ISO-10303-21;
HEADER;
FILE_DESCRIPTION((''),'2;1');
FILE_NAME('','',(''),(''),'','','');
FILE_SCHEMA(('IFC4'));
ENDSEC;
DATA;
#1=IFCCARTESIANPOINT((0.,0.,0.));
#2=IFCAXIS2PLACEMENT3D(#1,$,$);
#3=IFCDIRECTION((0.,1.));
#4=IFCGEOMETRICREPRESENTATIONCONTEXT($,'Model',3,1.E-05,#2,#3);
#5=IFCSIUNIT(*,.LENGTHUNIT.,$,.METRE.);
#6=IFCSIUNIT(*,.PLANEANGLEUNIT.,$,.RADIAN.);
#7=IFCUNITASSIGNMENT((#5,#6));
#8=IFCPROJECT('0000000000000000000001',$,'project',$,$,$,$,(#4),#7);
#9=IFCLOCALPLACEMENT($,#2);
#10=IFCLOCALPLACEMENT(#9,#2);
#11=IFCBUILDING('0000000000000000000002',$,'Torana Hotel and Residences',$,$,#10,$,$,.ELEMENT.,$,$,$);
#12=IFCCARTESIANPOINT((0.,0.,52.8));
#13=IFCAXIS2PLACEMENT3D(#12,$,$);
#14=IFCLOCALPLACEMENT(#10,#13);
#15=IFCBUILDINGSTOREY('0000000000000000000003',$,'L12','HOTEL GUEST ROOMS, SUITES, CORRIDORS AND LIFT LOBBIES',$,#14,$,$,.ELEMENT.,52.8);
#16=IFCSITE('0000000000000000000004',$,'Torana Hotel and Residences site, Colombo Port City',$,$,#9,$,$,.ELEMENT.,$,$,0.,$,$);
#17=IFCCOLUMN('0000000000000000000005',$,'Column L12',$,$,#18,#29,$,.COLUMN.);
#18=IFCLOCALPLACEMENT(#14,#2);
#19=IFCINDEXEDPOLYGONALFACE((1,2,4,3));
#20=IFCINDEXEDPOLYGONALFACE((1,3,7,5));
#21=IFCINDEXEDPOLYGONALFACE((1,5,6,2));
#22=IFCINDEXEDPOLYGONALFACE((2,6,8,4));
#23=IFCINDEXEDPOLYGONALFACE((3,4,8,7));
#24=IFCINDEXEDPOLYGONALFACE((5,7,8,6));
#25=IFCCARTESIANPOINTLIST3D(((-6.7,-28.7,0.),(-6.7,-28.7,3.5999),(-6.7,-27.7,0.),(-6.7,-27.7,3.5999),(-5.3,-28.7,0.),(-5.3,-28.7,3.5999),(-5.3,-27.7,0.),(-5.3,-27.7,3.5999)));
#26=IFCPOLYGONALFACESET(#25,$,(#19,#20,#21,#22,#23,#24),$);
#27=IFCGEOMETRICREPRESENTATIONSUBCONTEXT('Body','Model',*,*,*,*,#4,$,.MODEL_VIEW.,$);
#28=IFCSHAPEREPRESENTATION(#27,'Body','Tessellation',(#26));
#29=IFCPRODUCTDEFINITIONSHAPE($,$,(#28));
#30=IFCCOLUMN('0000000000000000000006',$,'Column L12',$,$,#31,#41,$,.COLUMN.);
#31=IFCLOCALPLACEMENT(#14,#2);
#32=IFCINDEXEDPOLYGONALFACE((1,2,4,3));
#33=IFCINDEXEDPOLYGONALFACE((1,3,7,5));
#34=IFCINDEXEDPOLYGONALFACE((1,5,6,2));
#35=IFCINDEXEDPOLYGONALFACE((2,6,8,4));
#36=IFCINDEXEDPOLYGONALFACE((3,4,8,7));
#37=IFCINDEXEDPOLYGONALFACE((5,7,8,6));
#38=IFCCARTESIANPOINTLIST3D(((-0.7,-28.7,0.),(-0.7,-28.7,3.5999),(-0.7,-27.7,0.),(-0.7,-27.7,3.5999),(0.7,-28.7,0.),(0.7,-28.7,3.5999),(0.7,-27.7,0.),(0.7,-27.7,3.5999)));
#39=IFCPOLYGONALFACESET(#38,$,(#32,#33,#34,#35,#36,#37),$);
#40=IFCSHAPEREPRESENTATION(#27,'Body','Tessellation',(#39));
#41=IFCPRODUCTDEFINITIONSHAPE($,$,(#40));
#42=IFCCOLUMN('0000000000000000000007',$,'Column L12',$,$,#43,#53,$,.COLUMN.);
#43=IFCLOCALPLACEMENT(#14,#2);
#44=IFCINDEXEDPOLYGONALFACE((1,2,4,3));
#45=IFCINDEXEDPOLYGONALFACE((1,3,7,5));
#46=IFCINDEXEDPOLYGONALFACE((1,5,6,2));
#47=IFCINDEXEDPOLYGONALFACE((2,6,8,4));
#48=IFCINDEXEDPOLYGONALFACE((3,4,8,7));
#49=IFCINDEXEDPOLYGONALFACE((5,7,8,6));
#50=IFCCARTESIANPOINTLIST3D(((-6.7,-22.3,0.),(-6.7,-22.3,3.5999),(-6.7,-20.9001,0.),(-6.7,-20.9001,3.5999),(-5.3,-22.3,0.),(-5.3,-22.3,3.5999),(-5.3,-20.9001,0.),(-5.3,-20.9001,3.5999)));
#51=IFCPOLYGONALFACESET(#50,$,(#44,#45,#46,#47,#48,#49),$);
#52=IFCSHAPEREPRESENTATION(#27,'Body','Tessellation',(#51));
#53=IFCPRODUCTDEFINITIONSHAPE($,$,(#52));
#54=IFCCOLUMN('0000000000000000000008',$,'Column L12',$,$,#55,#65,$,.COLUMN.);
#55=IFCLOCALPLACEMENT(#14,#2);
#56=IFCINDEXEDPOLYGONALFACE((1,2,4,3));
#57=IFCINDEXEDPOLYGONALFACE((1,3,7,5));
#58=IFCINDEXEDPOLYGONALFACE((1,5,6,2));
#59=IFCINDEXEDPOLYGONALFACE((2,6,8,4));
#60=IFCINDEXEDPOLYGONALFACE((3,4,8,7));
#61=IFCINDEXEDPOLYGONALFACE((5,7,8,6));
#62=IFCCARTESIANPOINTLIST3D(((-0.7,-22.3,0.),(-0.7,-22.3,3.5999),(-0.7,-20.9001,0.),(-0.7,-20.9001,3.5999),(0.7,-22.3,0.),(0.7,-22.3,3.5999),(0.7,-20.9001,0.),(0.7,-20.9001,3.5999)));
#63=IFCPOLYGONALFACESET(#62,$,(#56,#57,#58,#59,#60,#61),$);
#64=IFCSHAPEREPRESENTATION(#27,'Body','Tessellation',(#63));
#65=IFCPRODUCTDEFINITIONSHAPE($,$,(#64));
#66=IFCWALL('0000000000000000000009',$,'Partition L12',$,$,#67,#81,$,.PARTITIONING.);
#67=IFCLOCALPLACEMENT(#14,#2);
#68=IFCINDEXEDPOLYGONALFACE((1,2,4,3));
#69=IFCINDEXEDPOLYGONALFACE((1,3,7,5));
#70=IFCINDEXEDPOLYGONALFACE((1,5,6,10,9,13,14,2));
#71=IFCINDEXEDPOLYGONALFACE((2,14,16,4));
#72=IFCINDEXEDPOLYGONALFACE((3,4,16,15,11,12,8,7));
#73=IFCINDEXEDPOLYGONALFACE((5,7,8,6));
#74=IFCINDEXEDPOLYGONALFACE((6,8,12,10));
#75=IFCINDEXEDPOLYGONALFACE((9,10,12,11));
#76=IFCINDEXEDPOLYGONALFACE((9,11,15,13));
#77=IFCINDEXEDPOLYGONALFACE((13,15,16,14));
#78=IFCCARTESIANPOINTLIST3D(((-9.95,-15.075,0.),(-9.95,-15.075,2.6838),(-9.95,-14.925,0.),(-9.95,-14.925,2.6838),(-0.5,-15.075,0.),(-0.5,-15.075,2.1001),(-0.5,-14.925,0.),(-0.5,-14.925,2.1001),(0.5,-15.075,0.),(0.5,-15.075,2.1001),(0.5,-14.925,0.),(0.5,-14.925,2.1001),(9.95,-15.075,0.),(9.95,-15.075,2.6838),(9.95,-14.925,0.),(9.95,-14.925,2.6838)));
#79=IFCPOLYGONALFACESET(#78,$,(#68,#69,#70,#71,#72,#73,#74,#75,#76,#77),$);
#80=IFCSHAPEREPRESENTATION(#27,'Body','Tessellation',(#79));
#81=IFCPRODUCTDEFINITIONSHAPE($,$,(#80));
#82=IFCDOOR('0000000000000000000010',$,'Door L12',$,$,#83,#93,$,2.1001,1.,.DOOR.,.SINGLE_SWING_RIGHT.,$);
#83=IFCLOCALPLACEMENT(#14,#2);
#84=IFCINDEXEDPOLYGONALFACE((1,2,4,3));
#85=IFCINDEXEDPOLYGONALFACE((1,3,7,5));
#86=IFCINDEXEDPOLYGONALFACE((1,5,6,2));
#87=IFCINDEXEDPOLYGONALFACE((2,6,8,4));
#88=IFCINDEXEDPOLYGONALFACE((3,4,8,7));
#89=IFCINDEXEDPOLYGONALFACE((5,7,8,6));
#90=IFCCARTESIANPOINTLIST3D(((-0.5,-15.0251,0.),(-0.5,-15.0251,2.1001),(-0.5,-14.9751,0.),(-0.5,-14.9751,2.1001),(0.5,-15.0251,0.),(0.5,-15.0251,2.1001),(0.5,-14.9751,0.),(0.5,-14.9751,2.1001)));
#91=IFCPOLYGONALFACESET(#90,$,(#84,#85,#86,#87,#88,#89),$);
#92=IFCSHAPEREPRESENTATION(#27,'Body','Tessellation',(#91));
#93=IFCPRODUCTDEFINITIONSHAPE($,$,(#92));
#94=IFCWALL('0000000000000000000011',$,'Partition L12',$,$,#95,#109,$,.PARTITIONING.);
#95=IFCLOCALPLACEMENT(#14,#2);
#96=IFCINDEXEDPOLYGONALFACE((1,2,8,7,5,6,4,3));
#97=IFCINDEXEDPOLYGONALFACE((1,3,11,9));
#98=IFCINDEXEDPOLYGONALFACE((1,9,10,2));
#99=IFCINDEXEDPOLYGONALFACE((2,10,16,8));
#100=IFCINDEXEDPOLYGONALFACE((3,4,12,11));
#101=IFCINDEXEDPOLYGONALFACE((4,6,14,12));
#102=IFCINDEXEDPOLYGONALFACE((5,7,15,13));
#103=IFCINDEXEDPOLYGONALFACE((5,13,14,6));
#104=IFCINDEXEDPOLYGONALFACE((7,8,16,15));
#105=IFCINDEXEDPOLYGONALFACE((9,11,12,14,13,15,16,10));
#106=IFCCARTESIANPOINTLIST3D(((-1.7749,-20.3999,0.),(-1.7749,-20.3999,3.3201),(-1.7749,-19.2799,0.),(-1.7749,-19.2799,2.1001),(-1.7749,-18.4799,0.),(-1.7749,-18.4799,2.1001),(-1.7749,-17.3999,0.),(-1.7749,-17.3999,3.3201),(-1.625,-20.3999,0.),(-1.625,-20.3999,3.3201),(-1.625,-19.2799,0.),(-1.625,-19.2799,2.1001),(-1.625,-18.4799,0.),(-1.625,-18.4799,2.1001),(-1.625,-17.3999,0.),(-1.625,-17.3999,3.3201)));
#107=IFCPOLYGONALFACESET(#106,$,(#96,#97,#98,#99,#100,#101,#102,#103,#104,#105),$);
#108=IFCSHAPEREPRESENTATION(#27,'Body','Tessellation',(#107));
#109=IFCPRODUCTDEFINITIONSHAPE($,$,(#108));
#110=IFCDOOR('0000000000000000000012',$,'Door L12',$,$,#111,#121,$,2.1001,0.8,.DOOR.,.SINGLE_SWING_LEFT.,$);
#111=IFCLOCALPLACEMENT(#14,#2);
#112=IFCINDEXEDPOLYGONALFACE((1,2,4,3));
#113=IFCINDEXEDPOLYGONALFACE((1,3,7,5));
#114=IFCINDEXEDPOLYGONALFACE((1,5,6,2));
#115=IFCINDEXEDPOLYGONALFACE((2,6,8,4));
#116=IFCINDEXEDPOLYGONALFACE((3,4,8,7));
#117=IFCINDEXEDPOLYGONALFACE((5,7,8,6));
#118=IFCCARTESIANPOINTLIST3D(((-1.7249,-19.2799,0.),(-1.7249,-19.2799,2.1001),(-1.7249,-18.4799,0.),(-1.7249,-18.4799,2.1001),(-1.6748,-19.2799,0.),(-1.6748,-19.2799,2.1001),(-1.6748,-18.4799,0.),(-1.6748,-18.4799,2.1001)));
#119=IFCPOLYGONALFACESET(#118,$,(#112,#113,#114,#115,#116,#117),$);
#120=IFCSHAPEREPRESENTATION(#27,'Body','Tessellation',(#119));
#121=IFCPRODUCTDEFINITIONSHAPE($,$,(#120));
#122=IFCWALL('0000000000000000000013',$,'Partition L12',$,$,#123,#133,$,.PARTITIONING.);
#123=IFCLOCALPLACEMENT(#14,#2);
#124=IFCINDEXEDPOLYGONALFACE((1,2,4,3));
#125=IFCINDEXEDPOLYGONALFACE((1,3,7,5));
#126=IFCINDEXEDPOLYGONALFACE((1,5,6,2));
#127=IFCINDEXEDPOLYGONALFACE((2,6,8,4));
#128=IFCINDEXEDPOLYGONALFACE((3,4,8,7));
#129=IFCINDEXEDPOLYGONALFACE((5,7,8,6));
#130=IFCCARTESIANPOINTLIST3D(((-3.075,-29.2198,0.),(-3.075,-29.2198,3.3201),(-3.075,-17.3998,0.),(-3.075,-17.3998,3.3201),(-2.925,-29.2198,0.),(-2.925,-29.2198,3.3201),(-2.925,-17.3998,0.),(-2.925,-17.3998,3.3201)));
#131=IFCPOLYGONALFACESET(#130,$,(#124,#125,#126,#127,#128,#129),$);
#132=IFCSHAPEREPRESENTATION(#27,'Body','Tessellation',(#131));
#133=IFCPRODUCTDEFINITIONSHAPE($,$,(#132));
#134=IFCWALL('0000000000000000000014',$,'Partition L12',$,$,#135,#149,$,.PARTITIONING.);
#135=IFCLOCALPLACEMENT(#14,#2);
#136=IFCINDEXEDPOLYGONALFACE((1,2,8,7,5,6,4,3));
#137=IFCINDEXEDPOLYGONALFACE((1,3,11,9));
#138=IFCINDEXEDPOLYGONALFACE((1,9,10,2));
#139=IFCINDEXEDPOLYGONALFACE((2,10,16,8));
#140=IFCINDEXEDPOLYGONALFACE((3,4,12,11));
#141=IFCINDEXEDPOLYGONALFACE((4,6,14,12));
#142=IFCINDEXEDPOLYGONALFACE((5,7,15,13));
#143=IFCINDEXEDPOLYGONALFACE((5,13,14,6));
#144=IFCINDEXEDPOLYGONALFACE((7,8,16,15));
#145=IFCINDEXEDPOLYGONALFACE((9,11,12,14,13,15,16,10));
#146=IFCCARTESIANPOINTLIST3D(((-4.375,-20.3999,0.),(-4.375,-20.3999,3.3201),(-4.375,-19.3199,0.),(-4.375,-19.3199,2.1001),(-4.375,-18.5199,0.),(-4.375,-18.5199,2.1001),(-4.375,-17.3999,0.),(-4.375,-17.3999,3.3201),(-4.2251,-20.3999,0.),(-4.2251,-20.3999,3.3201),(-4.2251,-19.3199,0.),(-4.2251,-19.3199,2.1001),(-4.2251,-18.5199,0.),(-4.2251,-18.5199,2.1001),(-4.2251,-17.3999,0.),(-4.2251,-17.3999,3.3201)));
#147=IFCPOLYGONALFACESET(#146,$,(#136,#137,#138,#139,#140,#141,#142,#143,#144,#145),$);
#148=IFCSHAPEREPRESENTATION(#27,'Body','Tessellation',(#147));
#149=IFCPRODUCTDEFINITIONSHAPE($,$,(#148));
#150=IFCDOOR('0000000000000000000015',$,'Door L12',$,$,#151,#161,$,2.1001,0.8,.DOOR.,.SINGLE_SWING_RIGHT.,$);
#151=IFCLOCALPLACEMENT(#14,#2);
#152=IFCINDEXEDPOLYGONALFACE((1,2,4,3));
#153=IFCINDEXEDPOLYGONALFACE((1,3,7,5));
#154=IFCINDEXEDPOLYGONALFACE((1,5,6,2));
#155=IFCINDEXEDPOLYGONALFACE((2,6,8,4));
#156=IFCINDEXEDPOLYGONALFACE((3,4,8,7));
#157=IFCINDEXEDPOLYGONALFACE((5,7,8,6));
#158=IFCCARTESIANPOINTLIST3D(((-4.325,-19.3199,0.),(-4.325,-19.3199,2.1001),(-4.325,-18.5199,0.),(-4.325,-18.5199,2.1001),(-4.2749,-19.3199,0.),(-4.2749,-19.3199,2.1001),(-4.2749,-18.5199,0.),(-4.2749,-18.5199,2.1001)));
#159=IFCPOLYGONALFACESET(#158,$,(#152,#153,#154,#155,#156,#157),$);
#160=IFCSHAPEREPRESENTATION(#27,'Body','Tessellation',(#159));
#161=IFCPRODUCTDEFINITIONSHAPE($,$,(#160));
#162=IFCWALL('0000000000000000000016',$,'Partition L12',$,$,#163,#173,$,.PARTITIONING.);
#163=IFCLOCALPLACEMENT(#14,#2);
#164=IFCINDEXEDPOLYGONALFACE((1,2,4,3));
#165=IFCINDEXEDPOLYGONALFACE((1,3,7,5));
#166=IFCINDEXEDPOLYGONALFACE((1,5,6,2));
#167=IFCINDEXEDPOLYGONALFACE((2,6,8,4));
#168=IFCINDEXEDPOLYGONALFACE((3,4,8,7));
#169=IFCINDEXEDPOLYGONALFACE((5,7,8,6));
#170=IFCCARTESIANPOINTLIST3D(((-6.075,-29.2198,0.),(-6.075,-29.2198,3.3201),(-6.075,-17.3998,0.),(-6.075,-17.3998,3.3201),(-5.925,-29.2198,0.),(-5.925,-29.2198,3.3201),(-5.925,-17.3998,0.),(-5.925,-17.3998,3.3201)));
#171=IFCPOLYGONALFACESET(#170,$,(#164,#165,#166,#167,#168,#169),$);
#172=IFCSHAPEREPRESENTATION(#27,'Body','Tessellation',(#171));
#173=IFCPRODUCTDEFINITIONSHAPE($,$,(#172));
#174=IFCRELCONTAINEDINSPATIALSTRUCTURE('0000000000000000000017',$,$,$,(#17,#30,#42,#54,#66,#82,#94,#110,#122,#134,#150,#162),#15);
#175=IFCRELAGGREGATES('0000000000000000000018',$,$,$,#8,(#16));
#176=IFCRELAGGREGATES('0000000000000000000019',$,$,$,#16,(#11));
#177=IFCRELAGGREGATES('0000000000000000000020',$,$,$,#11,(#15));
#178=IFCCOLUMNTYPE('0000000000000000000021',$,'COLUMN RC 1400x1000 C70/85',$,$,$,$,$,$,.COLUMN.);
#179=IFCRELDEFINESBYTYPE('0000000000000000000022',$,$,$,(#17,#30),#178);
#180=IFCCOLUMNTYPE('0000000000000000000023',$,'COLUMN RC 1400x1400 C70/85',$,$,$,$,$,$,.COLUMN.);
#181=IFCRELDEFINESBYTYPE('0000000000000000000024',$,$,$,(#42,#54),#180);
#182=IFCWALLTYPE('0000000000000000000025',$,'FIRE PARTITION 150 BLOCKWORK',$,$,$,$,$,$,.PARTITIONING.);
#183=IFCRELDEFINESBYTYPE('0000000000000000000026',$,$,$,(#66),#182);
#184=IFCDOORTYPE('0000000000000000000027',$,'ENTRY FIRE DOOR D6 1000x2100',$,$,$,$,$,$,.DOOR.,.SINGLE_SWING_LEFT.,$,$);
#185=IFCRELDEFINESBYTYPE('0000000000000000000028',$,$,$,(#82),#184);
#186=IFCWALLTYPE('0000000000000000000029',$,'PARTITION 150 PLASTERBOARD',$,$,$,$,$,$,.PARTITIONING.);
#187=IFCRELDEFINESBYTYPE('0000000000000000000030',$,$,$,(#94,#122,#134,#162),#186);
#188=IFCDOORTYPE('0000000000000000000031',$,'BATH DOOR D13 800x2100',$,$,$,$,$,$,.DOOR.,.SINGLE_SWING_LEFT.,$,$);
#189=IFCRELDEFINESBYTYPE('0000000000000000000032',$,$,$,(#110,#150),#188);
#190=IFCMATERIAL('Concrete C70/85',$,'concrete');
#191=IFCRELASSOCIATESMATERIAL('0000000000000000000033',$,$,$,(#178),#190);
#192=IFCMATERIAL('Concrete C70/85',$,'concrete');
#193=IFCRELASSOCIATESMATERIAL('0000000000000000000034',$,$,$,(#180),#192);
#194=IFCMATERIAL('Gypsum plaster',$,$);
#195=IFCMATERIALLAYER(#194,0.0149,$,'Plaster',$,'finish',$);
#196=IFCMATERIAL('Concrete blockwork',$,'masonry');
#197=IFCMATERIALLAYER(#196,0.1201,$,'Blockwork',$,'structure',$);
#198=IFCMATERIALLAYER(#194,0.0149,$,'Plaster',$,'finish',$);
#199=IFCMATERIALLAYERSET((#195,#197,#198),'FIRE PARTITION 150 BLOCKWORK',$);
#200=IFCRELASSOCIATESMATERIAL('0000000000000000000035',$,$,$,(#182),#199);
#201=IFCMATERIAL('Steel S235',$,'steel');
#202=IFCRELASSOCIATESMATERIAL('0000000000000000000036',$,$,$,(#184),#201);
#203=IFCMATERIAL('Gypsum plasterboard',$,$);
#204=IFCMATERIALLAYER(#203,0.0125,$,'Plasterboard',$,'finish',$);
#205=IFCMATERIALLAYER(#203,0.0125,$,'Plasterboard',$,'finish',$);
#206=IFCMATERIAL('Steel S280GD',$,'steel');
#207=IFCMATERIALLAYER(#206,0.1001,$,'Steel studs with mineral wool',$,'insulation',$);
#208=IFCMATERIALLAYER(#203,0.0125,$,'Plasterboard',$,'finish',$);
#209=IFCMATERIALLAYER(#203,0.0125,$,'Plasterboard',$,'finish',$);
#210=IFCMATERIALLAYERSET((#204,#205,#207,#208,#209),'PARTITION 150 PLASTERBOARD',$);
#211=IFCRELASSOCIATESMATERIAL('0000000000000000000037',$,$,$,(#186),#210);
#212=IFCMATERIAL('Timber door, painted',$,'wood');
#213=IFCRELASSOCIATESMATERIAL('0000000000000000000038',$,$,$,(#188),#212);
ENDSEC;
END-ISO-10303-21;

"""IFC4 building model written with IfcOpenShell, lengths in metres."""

from ifc_helpers import new_model, si_unit, direction, frame, frame_2d, origin, origin_2d, place, context, subcontext, project, spatial, rectangle, extrude, material, layer, layer_set, material_profile, profile_set, type_object, element, fill, save


model = new_model("IFC4")

# Units and contexts
model_context = context("Model", 3, precision=1e-05, world=origin(), true_north=direction((0.0, 1.0)))
body_context = subcontext(model_context, "Body", "Model", "MODEL_VIEW")
ifc_project = project(units=[si_unit("LENGTHUNIT", "METRE"), si_unit("PLANEANGLEUNIT", "RADIAN")], contexts=[model_context])

# Site, building, storey
site_placement = place(None, origin())
site = spatial("IfcSite", under=ifc_project, at=site_placement, Name="Torana Hotel and Residences site, Colombo Port City", CompositionType="ELEMENT", RefElevation=0.0)
building_placement = place(site_placement, origin())
building = spatial("IfcBuilding", under=site, at=building_placement, Name="Torana Hotel and Residences", CompositionType="ELEMENT")
storey_placement = place(building_placement, frame((0.0, 0.0, 52.8)))
storey = spatial("IfcBuildingStorey", under=building, at=storey_placement, Name="L12", Description="HOTEL GUEST ROOMS, SUITES, CORRIDORS AND LIFT LOBBIES", CompositionType="ELEMENT", Elevation=52.8)

# Columns
ifc_material_1 = material(Name="Concrete C70/85", Category="concrete")
ifc_material_profile_1 = material_profile(ifc_material_1, rectangle(XDim=1.3999, YDim=1.0, at=origin_2d()), Name="RC 1400x1000")
ifc_profile_set_1 = profile_set([ifc_material_profile_1], Name="Concrete C70/85")
column_type_1 = type_object("IfcColumnType", Name="COLUMN RC 1400x1000 C70/85", PredefinedType="COLUMN", material=ifc_profile_set_1)
for number, where, z_axis, x_axis, name in (
    (1, (-6.0, -28.2, 0.0), (0.0, 0.0, 1.0), (1.0, 0.0, 0.0), "Column L12"),
    (2, (0.0, -28.2, 0.0), (0.0, 0.0, 1.0), (1.0, 0.0, 0.0), "Column L12"),
):
    element("IfcColumn", number, at=place(storey_placement, frame(where, z_axis=z_axis, x_axis=x_axis)), inside=storey, type_object=column_type_1, Name=name, PredefinedType="COLUMN", context=body_context, shape_type="SweptSolid", body=[
        extrude(rectangle(XDim=1.3999, YDim=1.0, at=origin_2d()), origin(), (0.0, 0.0, 1.0), 3.5999),
    ])
ifc_material_2 = material(Name="Concrete C70/85", Category="concrete")
ifc_material_profile_2 = material_profile(ifc_material_2, rectangle(XDim=1.3999, YDim=1.3999, at=origin_2d()), Name="RC 1400x1400")
ifc_profile_set_2 = profile_set([ifc_material_profile_2], Name="Concrete C70/85")
column_type_2 = type_object("IfcColumnType", Name="COLUMN RC 1400x1400 C70/85", PredefinedType="COLUMN", material=ifc_profile_set_2)
for number, where, z_axis, x_axis, name in (
    (3, (-6.0, -21.6001, 0.0), (0.0, 0.0, 1.0), (1.0, 0.0, 0.0), "Column L12"),
    (4, (0.0, -21.6001, 0.0), (0.0, 0.0, 1.0), (1.0, 0.0, 0.0), "Column L12"),
):
    element("IfcColumn", number, at=place(storey_placement, frame(where, z_axis=z_axis, x_axis=x_axis)), inside=storey, type_object=column_type_2, Name=name, PredefinedType="COLUMN", context=body_context, shape_type="SweptSolid", body=[
        extrude(rectangle(XDim=1.3999, YDim=1.3999, at=origin_2d()), origin(), (0.0, 0.0, 1.0), 3.5999),
    ])

# Walls, openings, doors
ifc_material_3 = material(Name="Gypsum plaster")
ifc_layer_1 = layer(ifc_material_3, 0.0149, Name="Plaster", Category="finish")
ifc_material_4 = material(Name="Concrete blockwork", Category="masonry")
ifc_layer_2 = layer(ifc_material_4, 0.1201, Name="Blockwork", Category="structure")
ifc_layer_3 = layer(ifc_material_3, 0.0149, Name="Plaster", Category="finish")
ifc_layer_set_1 = layer_set([ifc_layer_1, ifc_layer_2, ifc_layer_3], Name="FIRE PARTITION 150 BLOCKWORK")
wall_type_1 = type_object("IfcWallType", Name="FIRE PARTITION 150 BLOCKWORK", PredefinedType="PARTITIONING", material=ifc_layer_set_1)
wall_1_placement = place(storey_placement, frame((-9.95, -15.0, 0.0), z_axis=(0.0, 0.0, 1.0), x_axis=(1.0, 0.0, 0.0)))
wall_1 = element("IfcWall", 5, at=wall_1_placement, inside=storey, type_object=wall_type_1, Name="Partition L12", PredefinedType="PARTITIONING", context=body_context, shape_type="SweptSolid", body=[
    extrude(rectangle(XDim=19.8999, YDim=0.1499, at=frame_2d((9.95, 0.0))), origin(), (0.0, 0.0, 1.0), 2.6838),
])
opening_1_placement = place(wall_1_placement, frame((9.45, 0.0, 0.0)))
opening_1 = element("IfcOpeningElement", 6, at=opening_1_placement, cuts=wall_1, PredefinedType="OPENING", context=body_context, shape_type="SweptSolid", body=[
    extrude(rectangle(XDim=1.0, YDim=2.1001, at=frame_2d((0.5, 1.05))), frame((0.0, 0.085, 0.0), z_axis=(0.0, -1.0, 0.0), x_axis=(1.0, 0.0, 0.0)), (0.0, 0.0, 1.0), 0.1699),
])
ifc_material_5 = material(Name="Steel S235", Category="steel")
door_type_1 = type_object("IfcDoorType", Name="ENTRY FIRE DOOR D6 1000x2100", OperationType="SINGLE_SWING_LEFT", PredefinedType="DOOR", material=ifc_material_5)
door_1_placement = place(opening_1_placement, origin())
door_1 = element("IfcDoor", 7, at=door_1_placement, inside=storey, type_object=door_type_1, Name="Door L12", OperationType="SINGLE_SWING_RIGHT", OverallHeight=2.1001, OverallWidth=1.0, PredefinedType="DOOR", context=body_context, shape_type="SweptSolid", body=[
    extrude(rectangle(XDim=1.0, YDim=2.1001, at=frame_2d((0.5, 1.05))), frame((0.0, 0.0249, 0.0), z_axis=(0.0, -1.0, 0.0), x_axis=(1.0, 0.0, 0.0)), (0.0, 0.0, 1.0), 0.05),
])
fill(opening_1, door_1)
ifc_material_6 = material(Name="Gypsum plasterboard")
ifc_layer_4 = layer(ifc_material_6, 0.0125, Name="Plasterboard", Category="finish")
ifc_layer_5 = layer(ifc_material_6, 0.0125, Name="Plasterboard", Category="finish")
ifc_material_7 = material(Name="Steel S280GD", Category="steel")
ifc_layer_6 = layer(ifc_material_7, 0.1001, Name="Steel studs with mineral wool", Category="insulation")
ifc_layer_7 = layer(ifc_material_6, 0.0125, Name="Plasterboard", Category="finish")
ifc_layer_8 = layer(ifc_material_6, 0.0125, Name="Plasterboard", Category="finish")
ifc_layer_set_2 = layer_set([ifc_layer_4, ifc_layer_5, ifc_layer_6, ifc_layer_7, ifc_layer_8], Name="PARTITION 150 PLASTERBOARD")
wall_type_2 = type_object("IfcWallType", Name="PARTITION 150 PLASTERBOARD", PredefinedType="PARTITIONING", material=ifc_layer_set_2)
wall_2_placement = place(storey_placement, frame((-1.7, -20.3999, 0.0), z_axis=(0.0, 0.0, 1.0), x_axis=(0.0, 1.0, 0.0)))
wall_2 = element("IfcWall", 8, at=wall_2_placement, inside=storey, type_object=wall_type_2, Name="Partition L12", PredefinedType="PARTITIONING", context=body_context, shape_type="SweptSolid", body=[
    extrude(rectangle(XDim=3.0, YDim=0.1499, at=frame_2d((1.5, 0.0))), origin(), (0.0, 0.0, 1.0), 3.3201),
])
opening_2_placement = place(wall_2_placement, frame((1.1201, 0.0, 0.0)))
opening_2 = element("IfcOpeningElement", 9, at=opening_2_placement, cuts=wall_2, PredefinedType="OPENING", context=body_context, shape_type="SweptSolid", body=[
    extrude(rectangle(XDim=0.8, YDim=2.1001, at=frame_2d((0.3999, 1.05))), frame((0.0, 0.085, 0.0), z_axis=(0.0, -1.0, 0.0), x_axis=(1.0, 0.0, 0.0)), (0.0, 0.0, 1.0), 0.1699),
])
ifc_material_8 = material(Name="Timber door, painted", Category="wood")
door_type_2 = type_object("IfcDoorType", Name="BATH DOOR D13 800x2100", OperationType="SINGLE_SWING_LEFT", PredefinedType="DOOR", material=ifc_material_8)
door_2_placement = place(opening_2_placement, origin())
door_2 = element("IfcDoor", 10, at=door_2_placement, inside=storey, type_object=door_type_2, Name="Door L12", OperationType="SINGLE_SWING_LEFT", OverallHeight=2.1001, OverallWidth=0.8, PredefinedType="DOOR", context=body_context, shape_type="SweptSolid", body=[
    extrude(rectangle(XDim=0.8, YDim=2.1001, at=frame_2d((0.3999, 1.05))), frame((0.0, 0.0249, 0.0), z_axis=(0.0, -1.0, 0.0), x_axis=(1.0, 0.0, 0.0)), (0.0, 0.0, 1.0), 0.05),
])
fill(opening_2, door_2)

# Wall
wall_3_placement = place(storey_placement, frame((-3.0, -29.22, 0.0), z_axis=(0.0, 0.0, 1.0), x_axis=(0.0, 1.0, 0.0)))
element("IfcWall", 11, at=wall_3_placement, inside=storey, type_object=wall_type_2, Name="Partition L12", PredefinedType="PARTITIONING", context=body_context, shape_type="SweptSolid", body=[
    extrude(rectangle(XDim=11.8201, YDim=0.1499, at=frame_2d((5.9102, 0.0))), origin(), (0.0, 0.0, 1.0), 3.3201),
])

# Wall, opening, door
wall_4_placement = place(storey_placement, frame((-4.3, -20.3999, 0.0), z_axis=(0.0, 0.0, 1.0), x_axis=(0.0, 1.0, 0.0)))
wall_4 = element("IfcWall", 12, at=wall_4_placement, inside=storey, type_object=wall_type_2, Name="Partition L12", PredefinedType="PARTITIONING", context=body_context, shape_type="SweptSolid", body=[
    extrude(rectangle(XDim=3.0, YDim=0.1499, at=frame_2d((1.5, 0.0))), origin(), (0.0, 0.0, 1.0), 3.3201),
])
opening_3_placement = place(wall_4_placement, frame((1.0801, 0.0, 0.0)))
opening_3 = element("IfcOpeningElement", 13, at=opening_3_placement, cuts=wall_4, PredefinedType="OPENING", context=body_context, shape_type="SweptSolid", body=[
    extrude(rectangle(XDim=0.8, YDim=2.1001, at=frame_2d((0.3999, 1.05))), frame((0.0, 0.085, 0.0), z_axis=(0.0, -1.0, 0.0), x_axis=(1.0, 0.0, 0.0)), (0.0, 0.0, 1.0), 0.1699),
])
door_3_placement = place(opening_3_placement, origin())
door_3 = element("IfcDoor", 14, at=door_3_placement, inside=storey, type_object=door_type_2, Name="Door L12", OperationType="SINGLE_SWING_RIGHT", OverallHeight=2.1001, OverallWidth=0.8, PredefinedType="DOOR", context=body_context, shape_type="SweptSolid", body=[
    extrude(rectangle(XDim=0.8, YDim=2.1001, at=frame_2d((0.3999, 1.05))), frame((0.0, 0.0249, 0.0), z_axis=(0.0, -1.0, 0.0), x_axis=(1.0, 0.0, 0.0)), (0.0, 0.0, 1.0), 0.05),
])
fill(opening_3, door_3)

# Wall
wall_5_placement = place(storey_placement, frame((-6.0, -29.22, 0.0), z_axis=(0.0, 0.0, 1.0), x_axis=(0.0, 1.0, 0.0)))
element("IfcWall", 15, at=wall_5_placement, inside=storey, type_object=wall_type_2, Name="Partition L12", PredefinedType="PARTITIONING", context=body_context, shape_type="SweptSolid", body=[
    extrude(rectangle(XDim=11.8201, YDim=0.1499, at=frame_2d((5.9102, 0.0))), origin(), (0.0, 0.0, 1.0), 3.3201),
])

save(model, "model.ifc")
